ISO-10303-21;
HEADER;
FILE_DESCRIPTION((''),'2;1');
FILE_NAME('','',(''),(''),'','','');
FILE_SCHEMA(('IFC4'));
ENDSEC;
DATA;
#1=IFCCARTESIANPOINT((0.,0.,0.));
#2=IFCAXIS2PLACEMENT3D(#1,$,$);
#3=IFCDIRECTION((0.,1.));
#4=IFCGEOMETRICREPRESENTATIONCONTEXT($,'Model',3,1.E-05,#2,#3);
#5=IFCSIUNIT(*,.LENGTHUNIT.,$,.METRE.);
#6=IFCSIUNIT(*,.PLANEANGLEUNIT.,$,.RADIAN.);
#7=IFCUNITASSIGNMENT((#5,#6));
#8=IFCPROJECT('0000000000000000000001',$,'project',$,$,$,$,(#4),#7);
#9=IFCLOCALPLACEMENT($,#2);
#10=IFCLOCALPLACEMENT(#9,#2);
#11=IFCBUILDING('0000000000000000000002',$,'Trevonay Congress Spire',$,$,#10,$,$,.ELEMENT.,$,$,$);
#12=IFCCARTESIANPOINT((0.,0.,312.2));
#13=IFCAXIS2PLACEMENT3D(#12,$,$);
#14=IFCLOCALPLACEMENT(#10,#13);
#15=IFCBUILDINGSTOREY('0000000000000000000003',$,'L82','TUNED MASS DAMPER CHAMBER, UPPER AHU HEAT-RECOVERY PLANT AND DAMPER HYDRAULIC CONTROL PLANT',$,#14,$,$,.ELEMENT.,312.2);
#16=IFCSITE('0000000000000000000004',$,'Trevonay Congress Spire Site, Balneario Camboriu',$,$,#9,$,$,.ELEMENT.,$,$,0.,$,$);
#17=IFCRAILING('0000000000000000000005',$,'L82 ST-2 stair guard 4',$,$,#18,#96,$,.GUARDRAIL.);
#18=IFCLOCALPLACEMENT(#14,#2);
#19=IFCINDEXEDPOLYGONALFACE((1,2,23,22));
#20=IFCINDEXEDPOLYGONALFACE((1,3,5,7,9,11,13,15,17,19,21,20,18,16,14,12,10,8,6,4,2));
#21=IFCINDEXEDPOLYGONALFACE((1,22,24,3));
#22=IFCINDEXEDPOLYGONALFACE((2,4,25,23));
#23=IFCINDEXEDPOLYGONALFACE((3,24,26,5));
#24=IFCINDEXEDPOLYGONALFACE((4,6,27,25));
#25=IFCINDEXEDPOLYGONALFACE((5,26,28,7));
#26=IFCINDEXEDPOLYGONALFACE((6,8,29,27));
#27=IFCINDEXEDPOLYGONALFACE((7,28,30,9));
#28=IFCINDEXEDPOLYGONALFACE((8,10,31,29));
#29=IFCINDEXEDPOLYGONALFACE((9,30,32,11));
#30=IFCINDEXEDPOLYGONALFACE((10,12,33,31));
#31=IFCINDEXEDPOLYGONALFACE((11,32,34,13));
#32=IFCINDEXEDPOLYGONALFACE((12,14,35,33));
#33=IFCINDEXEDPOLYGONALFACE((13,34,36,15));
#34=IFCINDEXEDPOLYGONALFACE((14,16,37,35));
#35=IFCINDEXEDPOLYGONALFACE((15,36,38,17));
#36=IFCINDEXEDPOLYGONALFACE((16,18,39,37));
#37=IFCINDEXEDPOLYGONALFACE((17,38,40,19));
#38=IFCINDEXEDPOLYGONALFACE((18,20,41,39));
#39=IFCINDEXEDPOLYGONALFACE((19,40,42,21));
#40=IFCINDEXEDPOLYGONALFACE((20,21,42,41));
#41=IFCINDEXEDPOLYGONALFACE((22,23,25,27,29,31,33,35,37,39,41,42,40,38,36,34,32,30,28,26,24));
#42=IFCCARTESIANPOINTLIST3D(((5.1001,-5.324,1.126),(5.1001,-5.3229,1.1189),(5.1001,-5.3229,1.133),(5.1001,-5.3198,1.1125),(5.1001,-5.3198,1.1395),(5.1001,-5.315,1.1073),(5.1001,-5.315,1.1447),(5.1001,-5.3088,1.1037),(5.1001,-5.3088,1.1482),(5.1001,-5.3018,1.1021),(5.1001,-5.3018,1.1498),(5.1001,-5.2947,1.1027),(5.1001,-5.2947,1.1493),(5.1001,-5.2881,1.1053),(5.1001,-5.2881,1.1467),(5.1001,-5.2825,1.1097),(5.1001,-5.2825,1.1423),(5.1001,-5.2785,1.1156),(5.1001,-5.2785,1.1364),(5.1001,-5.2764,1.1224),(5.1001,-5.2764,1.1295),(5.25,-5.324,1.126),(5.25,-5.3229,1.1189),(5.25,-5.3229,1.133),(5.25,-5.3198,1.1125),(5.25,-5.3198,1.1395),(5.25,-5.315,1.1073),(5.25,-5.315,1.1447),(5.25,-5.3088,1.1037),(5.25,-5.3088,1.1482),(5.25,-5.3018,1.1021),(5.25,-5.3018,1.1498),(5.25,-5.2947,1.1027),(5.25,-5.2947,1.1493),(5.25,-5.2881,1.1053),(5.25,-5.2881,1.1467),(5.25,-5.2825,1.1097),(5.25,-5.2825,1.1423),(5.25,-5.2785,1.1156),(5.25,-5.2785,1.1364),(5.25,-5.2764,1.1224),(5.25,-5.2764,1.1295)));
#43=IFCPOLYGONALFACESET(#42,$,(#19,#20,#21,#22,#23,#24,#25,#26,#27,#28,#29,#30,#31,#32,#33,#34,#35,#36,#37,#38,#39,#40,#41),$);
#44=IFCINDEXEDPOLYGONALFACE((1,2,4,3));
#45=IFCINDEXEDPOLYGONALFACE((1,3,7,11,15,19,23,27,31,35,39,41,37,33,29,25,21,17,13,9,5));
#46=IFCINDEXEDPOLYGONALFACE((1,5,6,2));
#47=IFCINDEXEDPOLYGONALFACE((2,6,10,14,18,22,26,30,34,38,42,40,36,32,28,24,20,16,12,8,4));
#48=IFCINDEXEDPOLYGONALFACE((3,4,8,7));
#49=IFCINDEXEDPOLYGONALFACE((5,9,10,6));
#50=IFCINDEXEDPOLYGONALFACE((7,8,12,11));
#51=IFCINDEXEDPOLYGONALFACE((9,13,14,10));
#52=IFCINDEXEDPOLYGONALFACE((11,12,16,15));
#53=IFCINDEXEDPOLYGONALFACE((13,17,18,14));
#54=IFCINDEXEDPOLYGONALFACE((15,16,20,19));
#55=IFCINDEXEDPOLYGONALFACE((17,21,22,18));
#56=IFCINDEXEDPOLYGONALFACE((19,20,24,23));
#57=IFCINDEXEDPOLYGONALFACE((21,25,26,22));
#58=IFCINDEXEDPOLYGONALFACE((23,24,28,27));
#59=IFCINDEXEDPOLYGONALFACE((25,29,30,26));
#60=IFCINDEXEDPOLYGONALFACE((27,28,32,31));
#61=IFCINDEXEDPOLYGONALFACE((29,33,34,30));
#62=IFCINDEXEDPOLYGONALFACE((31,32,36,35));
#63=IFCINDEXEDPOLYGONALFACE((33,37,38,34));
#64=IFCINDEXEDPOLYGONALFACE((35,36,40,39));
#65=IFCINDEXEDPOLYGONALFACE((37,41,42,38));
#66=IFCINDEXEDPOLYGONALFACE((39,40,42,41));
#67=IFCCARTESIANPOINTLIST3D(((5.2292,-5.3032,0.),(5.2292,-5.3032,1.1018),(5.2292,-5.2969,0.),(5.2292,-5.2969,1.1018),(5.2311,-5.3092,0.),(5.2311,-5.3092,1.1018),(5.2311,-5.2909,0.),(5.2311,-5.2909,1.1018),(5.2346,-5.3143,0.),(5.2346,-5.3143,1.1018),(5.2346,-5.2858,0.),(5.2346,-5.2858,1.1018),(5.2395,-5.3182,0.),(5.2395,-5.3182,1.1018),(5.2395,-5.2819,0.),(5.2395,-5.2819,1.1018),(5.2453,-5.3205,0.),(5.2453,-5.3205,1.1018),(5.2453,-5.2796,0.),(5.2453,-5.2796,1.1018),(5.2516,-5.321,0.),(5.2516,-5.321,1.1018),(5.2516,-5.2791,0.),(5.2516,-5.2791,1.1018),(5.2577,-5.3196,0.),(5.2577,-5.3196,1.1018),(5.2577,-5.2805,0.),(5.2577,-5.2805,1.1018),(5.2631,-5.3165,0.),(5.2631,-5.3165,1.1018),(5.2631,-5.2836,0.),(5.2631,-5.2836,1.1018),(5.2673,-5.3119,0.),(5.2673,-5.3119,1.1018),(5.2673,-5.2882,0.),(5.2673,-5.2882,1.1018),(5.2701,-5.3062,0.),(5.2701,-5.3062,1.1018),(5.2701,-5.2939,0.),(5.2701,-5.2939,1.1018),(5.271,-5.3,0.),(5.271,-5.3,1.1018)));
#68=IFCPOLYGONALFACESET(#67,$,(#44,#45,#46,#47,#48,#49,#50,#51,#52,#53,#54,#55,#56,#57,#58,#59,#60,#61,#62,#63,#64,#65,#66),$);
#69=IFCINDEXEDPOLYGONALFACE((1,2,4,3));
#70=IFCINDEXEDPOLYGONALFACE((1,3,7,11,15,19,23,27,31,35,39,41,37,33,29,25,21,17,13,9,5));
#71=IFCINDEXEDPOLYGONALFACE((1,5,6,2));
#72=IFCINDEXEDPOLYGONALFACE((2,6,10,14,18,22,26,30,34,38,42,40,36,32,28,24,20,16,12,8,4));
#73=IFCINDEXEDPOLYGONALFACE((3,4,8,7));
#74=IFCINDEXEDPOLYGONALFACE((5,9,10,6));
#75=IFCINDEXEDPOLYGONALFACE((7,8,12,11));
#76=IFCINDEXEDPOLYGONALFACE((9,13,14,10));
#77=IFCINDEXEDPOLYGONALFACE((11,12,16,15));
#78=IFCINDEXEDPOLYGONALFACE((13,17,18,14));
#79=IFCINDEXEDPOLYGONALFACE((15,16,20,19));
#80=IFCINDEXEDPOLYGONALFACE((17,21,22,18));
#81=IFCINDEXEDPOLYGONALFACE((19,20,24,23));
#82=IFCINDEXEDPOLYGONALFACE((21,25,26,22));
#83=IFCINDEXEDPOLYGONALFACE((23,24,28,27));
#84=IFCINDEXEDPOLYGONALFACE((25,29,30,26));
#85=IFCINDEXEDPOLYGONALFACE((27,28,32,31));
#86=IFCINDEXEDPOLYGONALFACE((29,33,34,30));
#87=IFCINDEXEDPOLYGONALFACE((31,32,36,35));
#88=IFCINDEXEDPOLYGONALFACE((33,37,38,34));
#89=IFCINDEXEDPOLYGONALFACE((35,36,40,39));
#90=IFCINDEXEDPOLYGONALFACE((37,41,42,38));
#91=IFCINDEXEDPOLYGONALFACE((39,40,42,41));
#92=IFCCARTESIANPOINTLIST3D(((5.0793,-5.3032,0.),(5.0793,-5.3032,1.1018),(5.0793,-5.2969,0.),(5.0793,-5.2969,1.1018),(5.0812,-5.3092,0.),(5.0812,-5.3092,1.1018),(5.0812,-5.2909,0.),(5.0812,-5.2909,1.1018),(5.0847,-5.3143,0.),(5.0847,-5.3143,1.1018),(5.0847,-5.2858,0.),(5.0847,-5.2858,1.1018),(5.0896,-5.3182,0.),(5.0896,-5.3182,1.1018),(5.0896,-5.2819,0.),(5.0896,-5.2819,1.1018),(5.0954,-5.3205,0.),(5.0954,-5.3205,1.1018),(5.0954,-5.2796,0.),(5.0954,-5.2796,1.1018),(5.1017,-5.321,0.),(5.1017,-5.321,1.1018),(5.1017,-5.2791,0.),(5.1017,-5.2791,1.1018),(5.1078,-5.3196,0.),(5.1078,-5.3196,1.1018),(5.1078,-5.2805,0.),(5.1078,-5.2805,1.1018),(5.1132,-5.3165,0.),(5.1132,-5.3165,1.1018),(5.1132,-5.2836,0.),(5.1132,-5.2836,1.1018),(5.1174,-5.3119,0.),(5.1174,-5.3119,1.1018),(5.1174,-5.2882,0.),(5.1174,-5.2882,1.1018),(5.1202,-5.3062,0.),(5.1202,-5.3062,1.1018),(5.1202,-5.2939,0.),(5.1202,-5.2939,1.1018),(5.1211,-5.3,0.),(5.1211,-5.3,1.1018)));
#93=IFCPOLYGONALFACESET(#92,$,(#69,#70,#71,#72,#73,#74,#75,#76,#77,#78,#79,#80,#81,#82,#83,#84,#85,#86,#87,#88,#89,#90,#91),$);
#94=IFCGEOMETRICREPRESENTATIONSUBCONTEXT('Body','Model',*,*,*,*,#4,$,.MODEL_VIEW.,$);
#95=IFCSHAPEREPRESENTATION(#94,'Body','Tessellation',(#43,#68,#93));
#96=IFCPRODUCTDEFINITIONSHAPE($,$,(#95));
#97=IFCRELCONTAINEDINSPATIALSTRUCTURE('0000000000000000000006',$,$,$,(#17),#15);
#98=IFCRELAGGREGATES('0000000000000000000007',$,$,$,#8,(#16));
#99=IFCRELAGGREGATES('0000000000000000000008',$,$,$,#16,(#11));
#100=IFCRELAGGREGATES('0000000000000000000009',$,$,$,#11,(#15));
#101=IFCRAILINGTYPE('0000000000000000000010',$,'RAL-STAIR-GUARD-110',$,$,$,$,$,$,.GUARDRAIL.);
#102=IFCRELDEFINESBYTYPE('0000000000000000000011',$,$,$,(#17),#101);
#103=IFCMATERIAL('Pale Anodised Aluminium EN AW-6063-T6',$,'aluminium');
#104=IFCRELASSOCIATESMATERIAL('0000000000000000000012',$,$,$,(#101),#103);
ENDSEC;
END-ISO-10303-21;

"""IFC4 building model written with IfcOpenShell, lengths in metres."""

from ifc_helpers import new_model, si_unit, direction, frame, origin, origin_2d, place, context, subcontext, project, spatial, circle, extrude, material, type_object, element, save


model = new_model("IFC4")

# Units and contexts
model_context = context("Model", 3, precision=1e-05, world=origin(), true_north=direction((0.0, 1.0)))
body_context = subcontext(model_context, "Body", "Model", "MODEL_VIEW")
ifc_project = project(units=[si_unit("LENGTHUNIT", "METRE"), si_unit("PLANEANGLEUNIT", "RADIAN")], contexts=[model_context])

# Site, building, storey
site_placement = place(None, origin())
site = spatial("IfcSite", under=ifc_project, at=site_placement, Name="Trevonay Congress Spire Site, Balneario Camboriu", CompositionType="ELEMENT", RefElevation=0.0)
building_placement = place(site_placement, origin())
building = spatial("IfcBuilding", under=site, at=building_placement, Name="Trevonay Congress Spire", CompositionType="ELEMENT")
storey_placement = place(building_placement, frame((0.0, 0.0, 312.2)))
storey = spatial("IfcBuildingStorey", under=building, at=storey_placement, Name="L82", Description="TUNED MASS DAMPER CHAMBER, UPPER AHU HEAT-RECOVERY PLANT AND DAMPER HYDRAULIC CONTROL PLANT", CompositionType="ELEMENT", Elevation=312.2)

# Shared definitions
ifc_material_1 = material(Name="Pale Anodised Aluminium EN AW-6063-T6", Category="aluminium")

# Railing
railing_type_1 = type_object("IfcRailingType", Name="RAL-STAIR-GUARD-110", PredefinedType="GUARDRAIL", material=ifc_material_1)
railing_1_placement = place(storey_placement, frame((5.25, -5.3, 0.0)))
element("IfcRailing", 1, at=railing_1_placement, inside=storey, type_object=railing_type_1, Name="L82 ST-2 stair guard 4", PredefinedType="GUARDRAIL", context=body_context, shape_type="SweptSolid", body=[
    extrude(circle(Radius=0.0239, at=origin_2d()), frame((0.0, 0.0, 1.126), z_axis=(-1.0, 0.0, 0.0), x_axis=(0.0, -1.0, 0.0)), (0.0, 0.0, 1.0), 0.1499),
    extrude(circle(Radius=0.021, at=origin_2d()), origin(), (0.0, 0.0, 1.0), 1.1018),
    extrude(circle(Radius=0.021, at=origin_2d()), frame((-0.1499, 0.0, 0.0)), (0.0, 0.0, 1.0), 1.1018),
])

save(model, "model.ifc")
